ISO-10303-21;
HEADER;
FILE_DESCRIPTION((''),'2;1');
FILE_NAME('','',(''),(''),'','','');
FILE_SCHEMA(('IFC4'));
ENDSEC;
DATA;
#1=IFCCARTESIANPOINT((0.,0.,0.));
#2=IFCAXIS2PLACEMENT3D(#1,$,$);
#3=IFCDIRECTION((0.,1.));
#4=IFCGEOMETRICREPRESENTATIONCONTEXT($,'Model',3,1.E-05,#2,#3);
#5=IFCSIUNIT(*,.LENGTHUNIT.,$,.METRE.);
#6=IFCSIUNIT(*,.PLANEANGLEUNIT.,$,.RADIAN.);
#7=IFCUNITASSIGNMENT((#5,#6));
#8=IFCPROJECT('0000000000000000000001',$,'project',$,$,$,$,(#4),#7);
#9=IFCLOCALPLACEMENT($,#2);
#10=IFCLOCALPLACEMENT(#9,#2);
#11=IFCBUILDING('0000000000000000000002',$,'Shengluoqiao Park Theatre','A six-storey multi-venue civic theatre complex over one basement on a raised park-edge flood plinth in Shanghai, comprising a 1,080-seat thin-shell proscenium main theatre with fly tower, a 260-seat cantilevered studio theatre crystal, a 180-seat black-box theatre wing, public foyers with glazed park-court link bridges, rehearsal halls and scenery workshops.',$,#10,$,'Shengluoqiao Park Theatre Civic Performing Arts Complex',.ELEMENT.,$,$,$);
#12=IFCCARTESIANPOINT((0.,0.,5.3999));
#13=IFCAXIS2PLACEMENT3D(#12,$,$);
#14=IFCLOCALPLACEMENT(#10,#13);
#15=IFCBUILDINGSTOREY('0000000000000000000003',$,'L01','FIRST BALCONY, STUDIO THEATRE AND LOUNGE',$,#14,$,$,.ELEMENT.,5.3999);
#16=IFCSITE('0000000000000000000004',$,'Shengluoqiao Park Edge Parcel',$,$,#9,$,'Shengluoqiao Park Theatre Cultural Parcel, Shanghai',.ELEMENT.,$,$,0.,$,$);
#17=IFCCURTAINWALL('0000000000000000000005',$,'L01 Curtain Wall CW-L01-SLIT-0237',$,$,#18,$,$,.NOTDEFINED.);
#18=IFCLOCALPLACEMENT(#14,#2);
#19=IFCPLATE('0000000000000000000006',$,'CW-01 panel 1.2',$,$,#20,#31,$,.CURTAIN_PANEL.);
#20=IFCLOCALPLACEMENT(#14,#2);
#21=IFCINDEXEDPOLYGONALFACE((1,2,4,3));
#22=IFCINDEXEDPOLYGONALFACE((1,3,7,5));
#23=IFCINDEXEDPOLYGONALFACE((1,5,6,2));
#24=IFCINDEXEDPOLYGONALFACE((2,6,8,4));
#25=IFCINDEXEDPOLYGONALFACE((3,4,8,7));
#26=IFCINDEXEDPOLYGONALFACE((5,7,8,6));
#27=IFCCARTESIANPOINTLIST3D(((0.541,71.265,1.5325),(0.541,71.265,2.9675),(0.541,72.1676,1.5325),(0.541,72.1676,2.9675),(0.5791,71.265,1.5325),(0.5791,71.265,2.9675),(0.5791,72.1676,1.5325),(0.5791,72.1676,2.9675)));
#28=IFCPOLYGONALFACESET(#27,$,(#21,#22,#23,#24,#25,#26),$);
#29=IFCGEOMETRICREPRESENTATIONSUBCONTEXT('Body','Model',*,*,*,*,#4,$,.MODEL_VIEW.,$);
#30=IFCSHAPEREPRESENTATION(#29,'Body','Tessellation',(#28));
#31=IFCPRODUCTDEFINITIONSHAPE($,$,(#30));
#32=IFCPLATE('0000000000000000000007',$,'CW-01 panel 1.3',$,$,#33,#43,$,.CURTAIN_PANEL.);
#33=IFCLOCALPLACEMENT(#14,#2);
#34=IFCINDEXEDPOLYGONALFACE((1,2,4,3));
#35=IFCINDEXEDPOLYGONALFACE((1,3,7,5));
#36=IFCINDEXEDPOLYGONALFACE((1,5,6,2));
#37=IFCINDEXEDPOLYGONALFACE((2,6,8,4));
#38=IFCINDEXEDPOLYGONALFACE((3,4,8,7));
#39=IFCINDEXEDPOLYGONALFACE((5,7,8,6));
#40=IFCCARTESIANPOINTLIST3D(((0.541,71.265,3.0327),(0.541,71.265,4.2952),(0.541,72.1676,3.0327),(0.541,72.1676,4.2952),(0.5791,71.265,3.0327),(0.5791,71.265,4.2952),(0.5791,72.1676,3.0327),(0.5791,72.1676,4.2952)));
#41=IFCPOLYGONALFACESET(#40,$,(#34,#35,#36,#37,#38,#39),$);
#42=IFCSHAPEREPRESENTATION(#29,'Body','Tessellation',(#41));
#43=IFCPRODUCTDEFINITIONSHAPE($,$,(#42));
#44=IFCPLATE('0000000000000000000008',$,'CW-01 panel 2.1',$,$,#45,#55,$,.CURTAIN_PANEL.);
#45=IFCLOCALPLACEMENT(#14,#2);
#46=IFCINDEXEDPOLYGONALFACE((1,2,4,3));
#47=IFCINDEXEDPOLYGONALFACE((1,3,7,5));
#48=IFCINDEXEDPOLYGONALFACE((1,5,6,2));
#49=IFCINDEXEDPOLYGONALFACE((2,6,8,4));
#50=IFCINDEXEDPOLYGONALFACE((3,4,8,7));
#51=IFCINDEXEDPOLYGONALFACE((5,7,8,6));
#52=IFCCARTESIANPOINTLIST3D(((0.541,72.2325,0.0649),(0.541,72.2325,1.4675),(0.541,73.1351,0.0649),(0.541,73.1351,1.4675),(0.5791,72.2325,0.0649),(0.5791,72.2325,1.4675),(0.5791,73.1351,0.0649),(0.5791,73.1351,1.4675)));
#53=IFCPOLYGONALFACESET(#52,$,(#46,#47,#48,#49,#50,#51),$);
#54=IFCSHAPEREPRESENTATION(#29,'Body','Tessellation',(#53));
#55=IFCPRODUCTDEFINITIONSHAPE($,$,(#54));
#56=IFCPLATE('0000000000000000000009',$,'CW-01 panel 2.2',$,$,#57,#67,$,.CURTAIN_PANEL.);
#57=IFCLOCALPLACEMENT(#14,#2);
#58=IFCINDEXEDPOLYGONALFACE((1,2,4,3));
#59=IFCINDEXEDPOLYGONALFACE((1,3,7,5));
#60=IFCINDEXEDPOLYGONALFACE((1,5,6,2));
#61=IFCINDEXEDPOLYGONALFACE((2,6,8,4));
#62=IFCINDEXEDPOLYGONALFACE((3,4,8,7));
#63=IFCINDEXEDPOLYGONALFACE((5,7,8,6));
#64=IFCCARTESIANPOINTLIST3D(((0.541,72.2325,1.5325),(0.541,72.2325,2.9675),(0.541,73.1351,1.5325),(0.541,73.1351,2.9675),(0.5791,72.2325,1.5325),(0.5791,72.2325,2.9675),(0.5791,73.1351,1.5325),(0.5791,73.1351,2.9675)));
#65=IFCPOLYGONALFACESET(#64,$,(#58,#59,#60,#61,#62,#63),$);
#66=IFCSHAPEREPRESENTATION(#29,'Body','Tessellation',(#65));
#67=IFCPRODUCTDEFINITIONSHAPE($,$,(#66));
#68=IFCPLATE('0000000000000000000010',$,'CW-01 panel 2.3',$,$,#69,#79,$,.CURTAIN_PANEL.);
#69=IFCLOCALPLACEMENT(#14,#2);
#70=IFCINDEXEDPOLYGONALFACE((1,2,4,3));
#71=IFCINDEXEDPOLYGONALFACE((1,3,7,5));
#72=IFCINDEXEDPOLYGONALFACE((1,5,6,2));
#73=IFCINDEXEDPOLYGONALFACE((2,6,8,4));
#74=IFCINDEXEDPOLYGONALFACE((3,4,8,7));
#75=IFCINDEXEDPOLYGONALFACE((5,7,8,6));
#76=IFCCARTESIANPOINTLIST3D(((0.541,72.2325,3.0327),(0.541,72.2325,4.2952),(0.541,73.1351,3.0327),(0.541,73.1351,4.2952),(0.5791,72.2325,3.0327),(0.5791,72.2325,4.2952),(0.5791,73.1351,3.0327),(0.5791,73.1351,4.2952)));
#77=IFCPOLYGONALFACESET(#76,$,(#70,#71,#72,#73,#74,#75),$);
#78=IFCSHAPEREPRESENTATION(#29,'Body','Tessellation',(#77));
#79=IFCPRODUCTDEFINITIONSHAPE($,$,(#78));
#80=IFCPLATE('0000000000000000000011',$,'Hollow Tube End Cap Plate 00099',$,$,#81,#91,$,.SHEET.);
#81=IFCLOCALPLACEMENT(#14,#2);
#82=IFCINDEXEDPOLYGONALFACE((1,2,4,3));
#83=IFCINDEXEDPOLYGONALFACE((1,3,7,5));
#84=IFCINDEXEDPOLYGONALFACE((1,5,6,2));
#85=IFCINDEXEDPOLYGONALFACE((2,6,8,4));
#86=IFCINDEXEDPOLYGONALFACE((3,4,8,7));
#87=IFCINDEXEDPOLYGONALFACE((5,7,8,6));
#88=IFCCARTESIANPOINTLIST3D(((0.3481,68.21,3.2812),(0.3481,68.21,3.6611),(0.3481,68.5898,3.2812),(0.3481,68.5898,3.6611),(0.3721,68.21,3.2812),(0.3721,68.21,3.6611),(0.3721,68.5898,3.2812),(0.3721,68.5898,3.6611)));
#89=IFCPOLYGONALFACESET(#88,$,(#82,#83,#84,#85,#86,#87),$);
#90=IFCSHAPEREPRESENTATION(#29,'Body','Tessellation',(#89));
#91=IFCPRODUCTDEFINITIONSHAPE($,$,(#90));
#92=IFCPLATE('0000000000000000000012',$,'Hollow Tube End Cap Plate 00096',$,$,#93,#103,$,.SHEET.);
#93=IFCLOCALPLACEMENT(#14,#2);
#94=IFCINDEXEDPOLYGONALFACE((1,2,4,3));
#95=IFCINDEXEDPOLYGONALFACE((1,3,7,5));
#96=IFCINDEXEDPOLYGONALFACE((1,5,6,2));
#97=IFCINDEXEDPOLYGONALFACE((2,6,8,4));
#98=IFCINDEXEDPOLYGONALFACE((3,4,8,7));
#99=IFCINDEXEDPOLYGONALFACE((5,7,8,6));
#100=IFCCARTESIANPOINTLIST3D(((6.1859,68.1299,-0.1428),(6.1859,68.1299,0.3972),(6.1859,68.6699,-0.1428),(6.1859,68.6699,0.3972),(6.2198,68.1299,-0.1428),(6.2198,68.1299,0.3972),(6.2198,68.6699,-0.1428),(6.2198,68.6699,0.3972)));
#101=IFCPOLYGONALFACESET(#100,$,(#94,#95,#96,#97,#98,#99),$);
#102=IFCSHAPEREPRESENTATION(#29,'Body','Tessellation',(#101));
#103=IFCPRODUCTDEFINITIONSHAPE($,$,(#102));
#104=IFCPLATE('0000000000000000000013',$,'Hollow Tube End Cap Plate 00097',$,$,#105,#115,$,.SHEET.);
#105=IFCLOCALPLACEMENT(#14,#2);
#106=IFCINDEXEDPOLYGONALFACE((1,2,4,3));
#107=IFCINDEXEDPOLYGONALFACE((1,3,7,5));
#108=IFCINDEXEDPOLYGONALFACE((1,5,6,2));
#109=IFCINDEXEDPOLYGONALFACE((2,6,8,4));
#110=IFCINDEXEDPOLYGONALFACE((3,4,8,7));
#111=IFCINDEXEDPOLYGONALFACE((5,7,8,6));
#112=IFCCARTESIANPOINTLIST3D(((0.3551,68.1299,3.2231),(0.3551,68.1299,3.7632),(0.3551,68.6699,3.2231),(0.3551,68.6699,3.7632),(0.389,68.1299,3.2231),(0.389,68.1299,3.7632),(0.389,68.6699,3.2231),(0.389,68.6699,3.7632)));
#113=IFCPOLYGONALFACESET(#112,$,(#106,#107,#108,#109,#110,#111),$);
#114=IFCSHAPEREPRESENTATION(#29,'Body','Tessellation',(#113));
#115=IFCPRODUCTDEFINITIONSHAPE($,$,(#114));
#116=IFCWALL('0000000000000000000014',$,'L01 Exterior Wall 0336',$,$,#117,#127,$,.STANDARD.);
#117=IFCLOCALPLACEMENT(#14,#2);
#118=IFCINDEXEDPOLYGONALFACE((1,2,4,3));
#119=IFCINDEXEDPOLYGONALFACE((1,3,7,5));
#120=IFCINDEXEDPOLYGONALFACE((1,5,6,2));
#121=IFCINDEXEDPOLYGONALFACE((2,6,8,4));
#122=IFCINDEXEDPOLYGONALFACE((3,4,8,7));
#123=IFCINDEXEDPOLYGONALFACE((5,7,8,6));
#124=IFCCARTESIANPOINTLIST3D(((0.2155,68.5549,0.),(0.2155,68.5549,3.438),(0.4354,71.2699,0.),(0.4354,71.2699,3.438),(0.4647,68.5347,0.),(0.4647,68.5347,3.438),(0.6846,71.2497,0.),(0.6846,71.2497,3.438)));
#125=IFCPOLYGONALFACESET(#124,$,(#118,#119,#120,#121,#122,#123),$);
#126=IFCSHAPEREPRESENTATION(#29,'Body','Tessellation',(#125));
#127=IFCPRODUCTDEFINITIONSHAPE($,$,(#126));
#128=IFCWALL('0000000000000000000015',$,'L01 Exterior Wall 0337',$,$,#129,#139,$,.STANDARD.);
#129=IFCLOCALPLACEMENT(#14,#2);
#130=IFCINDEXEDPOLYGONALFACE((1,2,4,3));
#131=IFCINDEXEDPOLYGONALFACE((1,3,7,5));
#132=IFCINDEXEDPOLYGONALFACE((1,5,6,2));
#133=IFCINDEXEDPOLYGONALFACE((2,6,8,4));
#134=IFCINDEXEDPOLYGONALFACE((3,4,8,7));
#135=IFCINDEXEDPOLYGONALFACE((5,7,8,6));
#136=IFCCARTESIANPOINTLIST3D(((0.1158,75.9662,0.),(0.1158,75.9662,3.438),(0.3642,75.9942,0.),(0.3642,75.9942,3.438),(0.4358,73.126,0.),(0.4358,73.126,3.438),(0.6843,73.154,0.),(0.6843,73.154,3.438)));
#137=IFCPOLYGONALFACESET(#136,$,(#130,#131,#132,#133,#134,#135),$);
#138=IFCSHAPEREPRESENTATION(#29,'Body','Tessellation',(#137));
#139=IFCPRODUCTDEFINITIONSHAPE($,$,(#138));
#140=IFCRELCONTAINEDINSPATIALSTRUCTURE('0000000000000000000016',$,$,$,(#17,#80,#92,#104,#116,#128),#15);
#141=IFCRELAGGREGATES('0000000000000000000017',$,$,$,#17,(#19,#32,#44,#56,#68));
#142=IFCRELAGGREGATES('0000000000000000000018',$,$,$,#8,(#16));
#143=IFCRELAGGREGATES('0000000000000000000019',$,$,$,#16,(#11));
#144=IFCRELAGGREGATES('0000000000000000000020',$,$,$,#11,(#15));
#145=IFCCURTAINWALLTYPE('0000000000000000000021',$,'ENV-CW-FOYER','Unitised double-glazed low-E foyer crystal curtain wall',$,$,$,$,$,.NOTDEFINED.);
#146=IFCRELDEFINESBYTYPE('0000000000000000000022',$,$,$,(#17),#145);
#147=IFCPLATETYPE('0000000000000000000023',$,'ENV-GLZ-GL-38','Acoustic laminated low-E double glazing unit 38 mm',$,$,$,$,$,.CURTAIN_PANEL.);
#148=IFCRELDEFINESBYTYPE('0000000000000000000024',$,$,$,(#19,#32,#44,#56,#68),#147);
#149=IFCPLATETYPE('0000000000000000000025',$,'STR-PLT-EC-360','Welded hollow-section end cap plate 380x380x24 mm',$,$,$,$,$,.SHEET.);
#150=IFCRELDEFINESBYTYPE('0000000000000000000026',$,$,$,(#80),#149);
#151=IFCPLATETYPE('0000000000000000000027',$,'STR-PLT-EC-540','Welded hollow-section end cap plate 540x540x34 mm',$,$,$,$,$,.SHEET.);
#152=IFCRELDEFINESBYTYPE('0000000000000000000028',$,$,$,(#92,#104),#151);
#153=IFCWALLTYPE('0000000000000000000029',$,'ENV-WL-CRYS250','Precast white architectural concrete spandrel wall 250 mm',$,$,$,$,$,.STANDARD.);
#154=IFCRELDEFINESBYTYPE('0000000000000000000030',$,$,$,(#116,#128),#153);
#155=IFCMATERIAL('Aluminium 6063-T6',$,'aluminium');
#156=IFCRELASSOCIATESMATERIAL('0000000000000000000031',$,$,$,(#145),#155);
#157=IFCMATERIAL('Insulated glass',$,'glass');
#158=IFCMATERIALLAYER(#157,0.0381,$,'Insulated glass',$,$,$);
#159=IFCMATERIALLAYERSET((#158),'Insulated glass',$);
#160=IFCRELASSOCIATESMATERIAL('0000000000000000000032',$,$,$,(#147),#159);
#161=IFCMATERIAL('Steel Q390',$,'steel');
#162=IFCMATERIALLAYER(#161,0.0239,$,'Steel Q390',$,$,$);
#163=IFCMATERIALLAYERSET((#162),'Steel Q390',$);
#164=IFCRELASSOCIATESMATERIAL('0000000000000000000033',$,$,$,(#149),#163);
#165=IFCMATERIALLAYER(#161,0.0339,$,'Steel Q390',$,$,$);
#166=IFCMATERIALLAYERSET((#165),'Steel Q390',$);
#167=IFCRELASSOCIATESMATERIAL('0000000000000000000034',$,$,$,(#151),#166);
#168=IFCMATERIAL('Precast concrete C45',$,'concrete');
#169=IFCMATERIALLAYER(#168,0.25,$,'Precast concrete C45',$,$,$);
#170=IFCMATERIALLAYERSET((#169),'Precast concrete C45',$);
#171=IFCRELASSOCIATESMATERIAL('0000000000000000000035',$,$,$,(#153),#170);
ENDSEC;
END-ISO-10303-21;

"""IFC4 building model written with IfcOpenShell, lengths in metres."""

from ifc_helpers import new_model, si_unit, direction, frame, frame_2d, origin, origin_2d, place, context, subcontext, project, spatial, rectangle, extrude, material, layer, layer_set, type_object, element, aggregate, save


model = new_model("IFC4")

# Units and contexts
model_context = context("Model", 3, precision=1e-05, world=origin(), true_north=direction((0.0, 1.0)))
body_context = subcontext(model_context, "Body", "Model", "MODEL_VIEW")
ifc_project = project(units=[si_unit("LENGTHUNIT", "METRE"), si_unit("PLANEANGLEUNIT", "RADIAN")], contexts=[model_context])

# Site, building, storey
site_placement = place(None, origin())
site = spatial("IfcSite", under=ifc_project, at=site_placement, Name="Shengluoqiao Park Edge Parcel", LongName="Shengluoqiao Park Theatre Cultural Parcel, Shanghai", CompositionType="ELEMENT", RefElevation=0.0)
building_placement = place(site_placement, origin())
building = spatial("IfcBuilding", under=site, at=building_placement, Name="Shengluoqiao Park Theatre", Description="A six-storey multi-venue civic theatre complex over one basement on a raised park-edge flood plinth in Shanghai, comprising a 1,080-seat thin-shell proscenium main theatre with fly tower, a 260-seat cantilevered studio theatre crystal, a 180-seat black-box theatre wing, public foyers with glazed park-court link bridges, rehearsal halls and scenery workshops.", LongName="Shengluoqiao Park Theatre Civic Performing Arts Complex", CompositionType="ELEMENT")
storey_placement = place(building_placement, frame((0.0, 0.0, 5.3999)))
storey = spatial("IfcBuildingStorey", under=building, at=storey_placement, Name="L01", Description="FIRST BALCONY, STUDIO THEATRE AND LOUNGE", CompositionType="ELEMENT", Elevation=5.3999)

# Curtain wall
ifc_material_1 = material(Name="Aluminium 6063-T6", Category="aluminium")
curtain_wall_type = type_object("IfcCurtainWallType", Name="ENV-CW-FOYER", Description="Unitised double-glazed low-E foyer crystal curtain wall", PredefinedType="NOTDEFINED", material=ifc_material_1)
curtain_wall_placement = place(storey_placement, origin())
curtain_wall = element("IfcCurtainWall", 1, at=curtain_wall_placement, inside=storey, type_object=curtain_wall_type, Name="L01 Curtain Wall CW-L01-SLIT-0237", PredefinedType="NOTDEFINED")

# Shared definitions
ifc_material_2 = material(Name="Steel Q390", Category="steel")

# Plates
ifc_material_3 = material(Name="Precast concrete C45", Category="concrete")
ifc_material_4 = material(Name="Insulated glass", Category="glass")
ifc_layer_1 = layer(ifc_material_4, 0.0381, Name="Insulated glass")
ifc_layer_set_1 = layer_set([ifc_layer_1], Name="Insulated glass")
plate_type_1 = type_object("IfcPlateType", Name="ENV-GLZ-GL-38", Description="Acoustic laminated low-E double glazing unit 38 mm", PredefinedType="CURTAIN_PANEL", material=ifc_layer_set_1)
plate_1_placement = place(storey_placement, frame((0.5601, 71.7163, 1.5325), z_axis=(0.0, 0.0, 1.0), x_axis=(0.0, 1.0, 0.0)))
plate_1 = element("IfcPlate", 2, at=plate_1_placement, type_object=plate_type_1, Name="CW-01 panel 1.2", PredefinedType="CURTAIN_PANEL", context=body_context, shape_type="SweptSolid", body=[
    extrude(rectangle(XDim=0.9026, YDim=0.0381, at=origin_2d()), origin(), (0.0, 0.0, 1.0), 1.4351),
])
plate_2_placement = place(storey_placement, frame((0.5601, 71.7163, 3.0327), z_axis=(0.0, 0.0, 1.0), x_axis=(0.0, 1.0, 0.0)))
plate_2 = element("IfcPlate", 3, at=plate_2_placement, type_object=plate_type_1, Name="CW-01 panel 1.3", PredefinedType="CURTAIN_PANEL", context=body_context, shape_type="SweptSolid", body=[
    extrude(rectangle(XDim=0.9026, YDim=0.0381, at=origin_2d()), origin(), (0.0, 0.0, 1.0), 1.2625),
])
plate_3_placement = place(storey_placement, frame((0.5601, 72.6838, 0.0649), z_axis=(0.0, 0.0, 1.0), x_axis=(0.0, 1.0, 0.0)))
plate_3 = element("IfcPlate", 4, at=plate_3_placement, type_object=plate_type_1, Name="CW-01 panel 2.1", PredefinedType="CURTAIN_PANEL", context=body_context, shape_type="SweptSolid", body=[
    extrude(rectangle(XDim=0.9026, YDim=0.0381, at=origin_2d()), origin(), (0.0, 0.0, 1.0), 1.4026),
])
plate_4_placement = place(storey_placement, frame((0.5601, 72.6838, 1.5325), z_axis=(0.0, 0.0, 1.0), x_axis=(0.0, 1.0, 0.0)))
plate_4 = element("IfcPlate", 5, at=plate_4_placement, type_object=plate_type_1, Name="CW-01 panel 2.2", PredefinedType="CURTAIN_PANEL", context=body_context, shape_type="SweptSolid", body=[
    extrude(rectangle(XDim=0.9026, YDim=0.0381, at=origin_2d()), origin(), (0.0, 0.0, 1.0), 1.4351),
])
plate_5_placement = place(storey_placement, frame((0.5601, 72.6838, 3.0327), z_axis=(0.0, 0.0, 1.0), x_axis=(0.0, 1.0, 0.0)))
plate_5 = element("IfcPlate", 6, at=plate_5_placement, type_object=plate_type_1, Name="CW-01 panel 2.3", PredefinedType="CURTAIN_PANEL", context=body_context, shape_type="SweptSolid", body=[
    extrude(rectangle(XDim=0.9026, YDim=0.0381, at=origin_2d()), origin(), (0.0, 0.0, 1.0), 1.2625),
])
aggregate(curtain_wall, [plate_1, plate_2, plate_3, plate_4, plate_5])

# Plates
ifc_layer_2 = layer(ifc_material_2, 0.0239, Name="Steel Q390")
ifc_layer_set_2 = layer_set([ifc_layer_2], Name="Steel Q390")
plate_type_2 = type_object("IfcPlateType", Name="STR-PLT-EC-360", Description="Welded hollow-section end cap plate 380x380x24 mm", PredefinedType="SHEET", material=ifc_layer_set_2)
plate_6_placement = place(storey_placement, frame((0.3601, 68.3999, 3.2812), z_axis=(0.0, 0.0, 1.0), x_axis=(1.0, 0.0, 0.0)))
element("IfcPlate", 7, at=plate_6_placement, inside=storey, type_object=plate_type_2, Name="Hollow Tube End Cap Plate 00099", PredefinedType="SHEET", context=body_context, shape_type="SweptSolid", body=[
    extrude(rectangle(XDim=0.0239, YDim=0.3799, at=origin_2d()), origin(), (0.0, 0.0, 1.0), 0.3799),
])
ifc_layer_3 = layer(ifc_material_2, 0.0339, Name="Steel Q390")
ifc_layer_set_3 = layer_set([ifc_layer_3], Name="Steel Q390")
plate_type_3 = type_object("IfcPlateType", Name="STR-PLT-EC-540", Description="Welded hollow-section end cap plate 540x540x34 mm", PredefinedType="SHEET", material=ifc_layer_set_3)
for number, where, z_axis, x_axis, name in (
    (8, (6.2029, 68.3999, -0.1428), (0.0, 0.0, 1.0), (-1.0, 0.0, 0.0), "Hollow Tube End Cap Plate 00096"),
    (9, (0.3721, 68.3999, 3.2231), (0.0, 0.0, 1.0), (-1.0, 0.0, 0.0), "Hollow Tube End Cap Plate 00097"),
):
    element("IfcPlate", number, at=place(storey_placement, frame(where, z_axis=z_axis, x_axis=x_axis)), inside=storey, type_object=plate_type_3, Name=name, PredefinedType="SHEET", context=body_context, shape_type="SweptSolid", body=[
        extrude(rectangle(XDim=0.0339, YDim=0.54, at=origin_2d()), origin(), (0.0, 0.0, 1.0), 0.54),
    ])

# Walls
ifc_layer_4 = layer(ifc_material_3, 0.25, Name="Precast concrete C45")
ifc_layer_set_4 = layer_set([ifc_layer_4], Name="Precast concrete C45")
wall_type = type_object("IfcWallType", Name="ENV-WL-CRYS250", Description="Precast white architectural concrete spandrel wall 250 mm", PredefinedType="STANDARD", material=ifc_layer_set_4)
wall_1_placement = place(storey_placement, frame((0.3401, 68.5449, 0.0), z_axis=(0.0, 0.0, 1.0), x_axis=(0.080753, 0.996734, 0.0)))
element("IfcWall", 10, at=wall_1_placement, inside=storey, type_object=wall_type, Name="L01 Exterior Wall 0336", PredefinedType="STANDARD", context=body_context, shape_type="SweptSolid", body=[
    extrude(rectangle(XDim=2.7239, YDim=0.25, at=frame_2d((1.3618, 0.0))), origin(), (0.0, 0.0, 1.0), 3.438),
])
wall_2_placement = place(storey_placement, frame((0.5601, 73.1399, 0.0), z_axis=(0.0, 0.0, 1.0), x_axis=(-0.111988, 0.99371, 0.0)))
element("IfcWall", 11, at=wall_2_placement, inside=storey, type_object=wall_type, Name="L01 Exterior Wall 0337", PredefinedType="STANDARD", context=body_context, shape_type="SweptSolid", body=[
    extrude(rectangle(XDim=2.8582, YDim=0.25, at=frame_2d((1.4292, 0.0))), origin(), (0.0, 0.0, 1.0), 3.438),
])

save(model, "model.ifc")
